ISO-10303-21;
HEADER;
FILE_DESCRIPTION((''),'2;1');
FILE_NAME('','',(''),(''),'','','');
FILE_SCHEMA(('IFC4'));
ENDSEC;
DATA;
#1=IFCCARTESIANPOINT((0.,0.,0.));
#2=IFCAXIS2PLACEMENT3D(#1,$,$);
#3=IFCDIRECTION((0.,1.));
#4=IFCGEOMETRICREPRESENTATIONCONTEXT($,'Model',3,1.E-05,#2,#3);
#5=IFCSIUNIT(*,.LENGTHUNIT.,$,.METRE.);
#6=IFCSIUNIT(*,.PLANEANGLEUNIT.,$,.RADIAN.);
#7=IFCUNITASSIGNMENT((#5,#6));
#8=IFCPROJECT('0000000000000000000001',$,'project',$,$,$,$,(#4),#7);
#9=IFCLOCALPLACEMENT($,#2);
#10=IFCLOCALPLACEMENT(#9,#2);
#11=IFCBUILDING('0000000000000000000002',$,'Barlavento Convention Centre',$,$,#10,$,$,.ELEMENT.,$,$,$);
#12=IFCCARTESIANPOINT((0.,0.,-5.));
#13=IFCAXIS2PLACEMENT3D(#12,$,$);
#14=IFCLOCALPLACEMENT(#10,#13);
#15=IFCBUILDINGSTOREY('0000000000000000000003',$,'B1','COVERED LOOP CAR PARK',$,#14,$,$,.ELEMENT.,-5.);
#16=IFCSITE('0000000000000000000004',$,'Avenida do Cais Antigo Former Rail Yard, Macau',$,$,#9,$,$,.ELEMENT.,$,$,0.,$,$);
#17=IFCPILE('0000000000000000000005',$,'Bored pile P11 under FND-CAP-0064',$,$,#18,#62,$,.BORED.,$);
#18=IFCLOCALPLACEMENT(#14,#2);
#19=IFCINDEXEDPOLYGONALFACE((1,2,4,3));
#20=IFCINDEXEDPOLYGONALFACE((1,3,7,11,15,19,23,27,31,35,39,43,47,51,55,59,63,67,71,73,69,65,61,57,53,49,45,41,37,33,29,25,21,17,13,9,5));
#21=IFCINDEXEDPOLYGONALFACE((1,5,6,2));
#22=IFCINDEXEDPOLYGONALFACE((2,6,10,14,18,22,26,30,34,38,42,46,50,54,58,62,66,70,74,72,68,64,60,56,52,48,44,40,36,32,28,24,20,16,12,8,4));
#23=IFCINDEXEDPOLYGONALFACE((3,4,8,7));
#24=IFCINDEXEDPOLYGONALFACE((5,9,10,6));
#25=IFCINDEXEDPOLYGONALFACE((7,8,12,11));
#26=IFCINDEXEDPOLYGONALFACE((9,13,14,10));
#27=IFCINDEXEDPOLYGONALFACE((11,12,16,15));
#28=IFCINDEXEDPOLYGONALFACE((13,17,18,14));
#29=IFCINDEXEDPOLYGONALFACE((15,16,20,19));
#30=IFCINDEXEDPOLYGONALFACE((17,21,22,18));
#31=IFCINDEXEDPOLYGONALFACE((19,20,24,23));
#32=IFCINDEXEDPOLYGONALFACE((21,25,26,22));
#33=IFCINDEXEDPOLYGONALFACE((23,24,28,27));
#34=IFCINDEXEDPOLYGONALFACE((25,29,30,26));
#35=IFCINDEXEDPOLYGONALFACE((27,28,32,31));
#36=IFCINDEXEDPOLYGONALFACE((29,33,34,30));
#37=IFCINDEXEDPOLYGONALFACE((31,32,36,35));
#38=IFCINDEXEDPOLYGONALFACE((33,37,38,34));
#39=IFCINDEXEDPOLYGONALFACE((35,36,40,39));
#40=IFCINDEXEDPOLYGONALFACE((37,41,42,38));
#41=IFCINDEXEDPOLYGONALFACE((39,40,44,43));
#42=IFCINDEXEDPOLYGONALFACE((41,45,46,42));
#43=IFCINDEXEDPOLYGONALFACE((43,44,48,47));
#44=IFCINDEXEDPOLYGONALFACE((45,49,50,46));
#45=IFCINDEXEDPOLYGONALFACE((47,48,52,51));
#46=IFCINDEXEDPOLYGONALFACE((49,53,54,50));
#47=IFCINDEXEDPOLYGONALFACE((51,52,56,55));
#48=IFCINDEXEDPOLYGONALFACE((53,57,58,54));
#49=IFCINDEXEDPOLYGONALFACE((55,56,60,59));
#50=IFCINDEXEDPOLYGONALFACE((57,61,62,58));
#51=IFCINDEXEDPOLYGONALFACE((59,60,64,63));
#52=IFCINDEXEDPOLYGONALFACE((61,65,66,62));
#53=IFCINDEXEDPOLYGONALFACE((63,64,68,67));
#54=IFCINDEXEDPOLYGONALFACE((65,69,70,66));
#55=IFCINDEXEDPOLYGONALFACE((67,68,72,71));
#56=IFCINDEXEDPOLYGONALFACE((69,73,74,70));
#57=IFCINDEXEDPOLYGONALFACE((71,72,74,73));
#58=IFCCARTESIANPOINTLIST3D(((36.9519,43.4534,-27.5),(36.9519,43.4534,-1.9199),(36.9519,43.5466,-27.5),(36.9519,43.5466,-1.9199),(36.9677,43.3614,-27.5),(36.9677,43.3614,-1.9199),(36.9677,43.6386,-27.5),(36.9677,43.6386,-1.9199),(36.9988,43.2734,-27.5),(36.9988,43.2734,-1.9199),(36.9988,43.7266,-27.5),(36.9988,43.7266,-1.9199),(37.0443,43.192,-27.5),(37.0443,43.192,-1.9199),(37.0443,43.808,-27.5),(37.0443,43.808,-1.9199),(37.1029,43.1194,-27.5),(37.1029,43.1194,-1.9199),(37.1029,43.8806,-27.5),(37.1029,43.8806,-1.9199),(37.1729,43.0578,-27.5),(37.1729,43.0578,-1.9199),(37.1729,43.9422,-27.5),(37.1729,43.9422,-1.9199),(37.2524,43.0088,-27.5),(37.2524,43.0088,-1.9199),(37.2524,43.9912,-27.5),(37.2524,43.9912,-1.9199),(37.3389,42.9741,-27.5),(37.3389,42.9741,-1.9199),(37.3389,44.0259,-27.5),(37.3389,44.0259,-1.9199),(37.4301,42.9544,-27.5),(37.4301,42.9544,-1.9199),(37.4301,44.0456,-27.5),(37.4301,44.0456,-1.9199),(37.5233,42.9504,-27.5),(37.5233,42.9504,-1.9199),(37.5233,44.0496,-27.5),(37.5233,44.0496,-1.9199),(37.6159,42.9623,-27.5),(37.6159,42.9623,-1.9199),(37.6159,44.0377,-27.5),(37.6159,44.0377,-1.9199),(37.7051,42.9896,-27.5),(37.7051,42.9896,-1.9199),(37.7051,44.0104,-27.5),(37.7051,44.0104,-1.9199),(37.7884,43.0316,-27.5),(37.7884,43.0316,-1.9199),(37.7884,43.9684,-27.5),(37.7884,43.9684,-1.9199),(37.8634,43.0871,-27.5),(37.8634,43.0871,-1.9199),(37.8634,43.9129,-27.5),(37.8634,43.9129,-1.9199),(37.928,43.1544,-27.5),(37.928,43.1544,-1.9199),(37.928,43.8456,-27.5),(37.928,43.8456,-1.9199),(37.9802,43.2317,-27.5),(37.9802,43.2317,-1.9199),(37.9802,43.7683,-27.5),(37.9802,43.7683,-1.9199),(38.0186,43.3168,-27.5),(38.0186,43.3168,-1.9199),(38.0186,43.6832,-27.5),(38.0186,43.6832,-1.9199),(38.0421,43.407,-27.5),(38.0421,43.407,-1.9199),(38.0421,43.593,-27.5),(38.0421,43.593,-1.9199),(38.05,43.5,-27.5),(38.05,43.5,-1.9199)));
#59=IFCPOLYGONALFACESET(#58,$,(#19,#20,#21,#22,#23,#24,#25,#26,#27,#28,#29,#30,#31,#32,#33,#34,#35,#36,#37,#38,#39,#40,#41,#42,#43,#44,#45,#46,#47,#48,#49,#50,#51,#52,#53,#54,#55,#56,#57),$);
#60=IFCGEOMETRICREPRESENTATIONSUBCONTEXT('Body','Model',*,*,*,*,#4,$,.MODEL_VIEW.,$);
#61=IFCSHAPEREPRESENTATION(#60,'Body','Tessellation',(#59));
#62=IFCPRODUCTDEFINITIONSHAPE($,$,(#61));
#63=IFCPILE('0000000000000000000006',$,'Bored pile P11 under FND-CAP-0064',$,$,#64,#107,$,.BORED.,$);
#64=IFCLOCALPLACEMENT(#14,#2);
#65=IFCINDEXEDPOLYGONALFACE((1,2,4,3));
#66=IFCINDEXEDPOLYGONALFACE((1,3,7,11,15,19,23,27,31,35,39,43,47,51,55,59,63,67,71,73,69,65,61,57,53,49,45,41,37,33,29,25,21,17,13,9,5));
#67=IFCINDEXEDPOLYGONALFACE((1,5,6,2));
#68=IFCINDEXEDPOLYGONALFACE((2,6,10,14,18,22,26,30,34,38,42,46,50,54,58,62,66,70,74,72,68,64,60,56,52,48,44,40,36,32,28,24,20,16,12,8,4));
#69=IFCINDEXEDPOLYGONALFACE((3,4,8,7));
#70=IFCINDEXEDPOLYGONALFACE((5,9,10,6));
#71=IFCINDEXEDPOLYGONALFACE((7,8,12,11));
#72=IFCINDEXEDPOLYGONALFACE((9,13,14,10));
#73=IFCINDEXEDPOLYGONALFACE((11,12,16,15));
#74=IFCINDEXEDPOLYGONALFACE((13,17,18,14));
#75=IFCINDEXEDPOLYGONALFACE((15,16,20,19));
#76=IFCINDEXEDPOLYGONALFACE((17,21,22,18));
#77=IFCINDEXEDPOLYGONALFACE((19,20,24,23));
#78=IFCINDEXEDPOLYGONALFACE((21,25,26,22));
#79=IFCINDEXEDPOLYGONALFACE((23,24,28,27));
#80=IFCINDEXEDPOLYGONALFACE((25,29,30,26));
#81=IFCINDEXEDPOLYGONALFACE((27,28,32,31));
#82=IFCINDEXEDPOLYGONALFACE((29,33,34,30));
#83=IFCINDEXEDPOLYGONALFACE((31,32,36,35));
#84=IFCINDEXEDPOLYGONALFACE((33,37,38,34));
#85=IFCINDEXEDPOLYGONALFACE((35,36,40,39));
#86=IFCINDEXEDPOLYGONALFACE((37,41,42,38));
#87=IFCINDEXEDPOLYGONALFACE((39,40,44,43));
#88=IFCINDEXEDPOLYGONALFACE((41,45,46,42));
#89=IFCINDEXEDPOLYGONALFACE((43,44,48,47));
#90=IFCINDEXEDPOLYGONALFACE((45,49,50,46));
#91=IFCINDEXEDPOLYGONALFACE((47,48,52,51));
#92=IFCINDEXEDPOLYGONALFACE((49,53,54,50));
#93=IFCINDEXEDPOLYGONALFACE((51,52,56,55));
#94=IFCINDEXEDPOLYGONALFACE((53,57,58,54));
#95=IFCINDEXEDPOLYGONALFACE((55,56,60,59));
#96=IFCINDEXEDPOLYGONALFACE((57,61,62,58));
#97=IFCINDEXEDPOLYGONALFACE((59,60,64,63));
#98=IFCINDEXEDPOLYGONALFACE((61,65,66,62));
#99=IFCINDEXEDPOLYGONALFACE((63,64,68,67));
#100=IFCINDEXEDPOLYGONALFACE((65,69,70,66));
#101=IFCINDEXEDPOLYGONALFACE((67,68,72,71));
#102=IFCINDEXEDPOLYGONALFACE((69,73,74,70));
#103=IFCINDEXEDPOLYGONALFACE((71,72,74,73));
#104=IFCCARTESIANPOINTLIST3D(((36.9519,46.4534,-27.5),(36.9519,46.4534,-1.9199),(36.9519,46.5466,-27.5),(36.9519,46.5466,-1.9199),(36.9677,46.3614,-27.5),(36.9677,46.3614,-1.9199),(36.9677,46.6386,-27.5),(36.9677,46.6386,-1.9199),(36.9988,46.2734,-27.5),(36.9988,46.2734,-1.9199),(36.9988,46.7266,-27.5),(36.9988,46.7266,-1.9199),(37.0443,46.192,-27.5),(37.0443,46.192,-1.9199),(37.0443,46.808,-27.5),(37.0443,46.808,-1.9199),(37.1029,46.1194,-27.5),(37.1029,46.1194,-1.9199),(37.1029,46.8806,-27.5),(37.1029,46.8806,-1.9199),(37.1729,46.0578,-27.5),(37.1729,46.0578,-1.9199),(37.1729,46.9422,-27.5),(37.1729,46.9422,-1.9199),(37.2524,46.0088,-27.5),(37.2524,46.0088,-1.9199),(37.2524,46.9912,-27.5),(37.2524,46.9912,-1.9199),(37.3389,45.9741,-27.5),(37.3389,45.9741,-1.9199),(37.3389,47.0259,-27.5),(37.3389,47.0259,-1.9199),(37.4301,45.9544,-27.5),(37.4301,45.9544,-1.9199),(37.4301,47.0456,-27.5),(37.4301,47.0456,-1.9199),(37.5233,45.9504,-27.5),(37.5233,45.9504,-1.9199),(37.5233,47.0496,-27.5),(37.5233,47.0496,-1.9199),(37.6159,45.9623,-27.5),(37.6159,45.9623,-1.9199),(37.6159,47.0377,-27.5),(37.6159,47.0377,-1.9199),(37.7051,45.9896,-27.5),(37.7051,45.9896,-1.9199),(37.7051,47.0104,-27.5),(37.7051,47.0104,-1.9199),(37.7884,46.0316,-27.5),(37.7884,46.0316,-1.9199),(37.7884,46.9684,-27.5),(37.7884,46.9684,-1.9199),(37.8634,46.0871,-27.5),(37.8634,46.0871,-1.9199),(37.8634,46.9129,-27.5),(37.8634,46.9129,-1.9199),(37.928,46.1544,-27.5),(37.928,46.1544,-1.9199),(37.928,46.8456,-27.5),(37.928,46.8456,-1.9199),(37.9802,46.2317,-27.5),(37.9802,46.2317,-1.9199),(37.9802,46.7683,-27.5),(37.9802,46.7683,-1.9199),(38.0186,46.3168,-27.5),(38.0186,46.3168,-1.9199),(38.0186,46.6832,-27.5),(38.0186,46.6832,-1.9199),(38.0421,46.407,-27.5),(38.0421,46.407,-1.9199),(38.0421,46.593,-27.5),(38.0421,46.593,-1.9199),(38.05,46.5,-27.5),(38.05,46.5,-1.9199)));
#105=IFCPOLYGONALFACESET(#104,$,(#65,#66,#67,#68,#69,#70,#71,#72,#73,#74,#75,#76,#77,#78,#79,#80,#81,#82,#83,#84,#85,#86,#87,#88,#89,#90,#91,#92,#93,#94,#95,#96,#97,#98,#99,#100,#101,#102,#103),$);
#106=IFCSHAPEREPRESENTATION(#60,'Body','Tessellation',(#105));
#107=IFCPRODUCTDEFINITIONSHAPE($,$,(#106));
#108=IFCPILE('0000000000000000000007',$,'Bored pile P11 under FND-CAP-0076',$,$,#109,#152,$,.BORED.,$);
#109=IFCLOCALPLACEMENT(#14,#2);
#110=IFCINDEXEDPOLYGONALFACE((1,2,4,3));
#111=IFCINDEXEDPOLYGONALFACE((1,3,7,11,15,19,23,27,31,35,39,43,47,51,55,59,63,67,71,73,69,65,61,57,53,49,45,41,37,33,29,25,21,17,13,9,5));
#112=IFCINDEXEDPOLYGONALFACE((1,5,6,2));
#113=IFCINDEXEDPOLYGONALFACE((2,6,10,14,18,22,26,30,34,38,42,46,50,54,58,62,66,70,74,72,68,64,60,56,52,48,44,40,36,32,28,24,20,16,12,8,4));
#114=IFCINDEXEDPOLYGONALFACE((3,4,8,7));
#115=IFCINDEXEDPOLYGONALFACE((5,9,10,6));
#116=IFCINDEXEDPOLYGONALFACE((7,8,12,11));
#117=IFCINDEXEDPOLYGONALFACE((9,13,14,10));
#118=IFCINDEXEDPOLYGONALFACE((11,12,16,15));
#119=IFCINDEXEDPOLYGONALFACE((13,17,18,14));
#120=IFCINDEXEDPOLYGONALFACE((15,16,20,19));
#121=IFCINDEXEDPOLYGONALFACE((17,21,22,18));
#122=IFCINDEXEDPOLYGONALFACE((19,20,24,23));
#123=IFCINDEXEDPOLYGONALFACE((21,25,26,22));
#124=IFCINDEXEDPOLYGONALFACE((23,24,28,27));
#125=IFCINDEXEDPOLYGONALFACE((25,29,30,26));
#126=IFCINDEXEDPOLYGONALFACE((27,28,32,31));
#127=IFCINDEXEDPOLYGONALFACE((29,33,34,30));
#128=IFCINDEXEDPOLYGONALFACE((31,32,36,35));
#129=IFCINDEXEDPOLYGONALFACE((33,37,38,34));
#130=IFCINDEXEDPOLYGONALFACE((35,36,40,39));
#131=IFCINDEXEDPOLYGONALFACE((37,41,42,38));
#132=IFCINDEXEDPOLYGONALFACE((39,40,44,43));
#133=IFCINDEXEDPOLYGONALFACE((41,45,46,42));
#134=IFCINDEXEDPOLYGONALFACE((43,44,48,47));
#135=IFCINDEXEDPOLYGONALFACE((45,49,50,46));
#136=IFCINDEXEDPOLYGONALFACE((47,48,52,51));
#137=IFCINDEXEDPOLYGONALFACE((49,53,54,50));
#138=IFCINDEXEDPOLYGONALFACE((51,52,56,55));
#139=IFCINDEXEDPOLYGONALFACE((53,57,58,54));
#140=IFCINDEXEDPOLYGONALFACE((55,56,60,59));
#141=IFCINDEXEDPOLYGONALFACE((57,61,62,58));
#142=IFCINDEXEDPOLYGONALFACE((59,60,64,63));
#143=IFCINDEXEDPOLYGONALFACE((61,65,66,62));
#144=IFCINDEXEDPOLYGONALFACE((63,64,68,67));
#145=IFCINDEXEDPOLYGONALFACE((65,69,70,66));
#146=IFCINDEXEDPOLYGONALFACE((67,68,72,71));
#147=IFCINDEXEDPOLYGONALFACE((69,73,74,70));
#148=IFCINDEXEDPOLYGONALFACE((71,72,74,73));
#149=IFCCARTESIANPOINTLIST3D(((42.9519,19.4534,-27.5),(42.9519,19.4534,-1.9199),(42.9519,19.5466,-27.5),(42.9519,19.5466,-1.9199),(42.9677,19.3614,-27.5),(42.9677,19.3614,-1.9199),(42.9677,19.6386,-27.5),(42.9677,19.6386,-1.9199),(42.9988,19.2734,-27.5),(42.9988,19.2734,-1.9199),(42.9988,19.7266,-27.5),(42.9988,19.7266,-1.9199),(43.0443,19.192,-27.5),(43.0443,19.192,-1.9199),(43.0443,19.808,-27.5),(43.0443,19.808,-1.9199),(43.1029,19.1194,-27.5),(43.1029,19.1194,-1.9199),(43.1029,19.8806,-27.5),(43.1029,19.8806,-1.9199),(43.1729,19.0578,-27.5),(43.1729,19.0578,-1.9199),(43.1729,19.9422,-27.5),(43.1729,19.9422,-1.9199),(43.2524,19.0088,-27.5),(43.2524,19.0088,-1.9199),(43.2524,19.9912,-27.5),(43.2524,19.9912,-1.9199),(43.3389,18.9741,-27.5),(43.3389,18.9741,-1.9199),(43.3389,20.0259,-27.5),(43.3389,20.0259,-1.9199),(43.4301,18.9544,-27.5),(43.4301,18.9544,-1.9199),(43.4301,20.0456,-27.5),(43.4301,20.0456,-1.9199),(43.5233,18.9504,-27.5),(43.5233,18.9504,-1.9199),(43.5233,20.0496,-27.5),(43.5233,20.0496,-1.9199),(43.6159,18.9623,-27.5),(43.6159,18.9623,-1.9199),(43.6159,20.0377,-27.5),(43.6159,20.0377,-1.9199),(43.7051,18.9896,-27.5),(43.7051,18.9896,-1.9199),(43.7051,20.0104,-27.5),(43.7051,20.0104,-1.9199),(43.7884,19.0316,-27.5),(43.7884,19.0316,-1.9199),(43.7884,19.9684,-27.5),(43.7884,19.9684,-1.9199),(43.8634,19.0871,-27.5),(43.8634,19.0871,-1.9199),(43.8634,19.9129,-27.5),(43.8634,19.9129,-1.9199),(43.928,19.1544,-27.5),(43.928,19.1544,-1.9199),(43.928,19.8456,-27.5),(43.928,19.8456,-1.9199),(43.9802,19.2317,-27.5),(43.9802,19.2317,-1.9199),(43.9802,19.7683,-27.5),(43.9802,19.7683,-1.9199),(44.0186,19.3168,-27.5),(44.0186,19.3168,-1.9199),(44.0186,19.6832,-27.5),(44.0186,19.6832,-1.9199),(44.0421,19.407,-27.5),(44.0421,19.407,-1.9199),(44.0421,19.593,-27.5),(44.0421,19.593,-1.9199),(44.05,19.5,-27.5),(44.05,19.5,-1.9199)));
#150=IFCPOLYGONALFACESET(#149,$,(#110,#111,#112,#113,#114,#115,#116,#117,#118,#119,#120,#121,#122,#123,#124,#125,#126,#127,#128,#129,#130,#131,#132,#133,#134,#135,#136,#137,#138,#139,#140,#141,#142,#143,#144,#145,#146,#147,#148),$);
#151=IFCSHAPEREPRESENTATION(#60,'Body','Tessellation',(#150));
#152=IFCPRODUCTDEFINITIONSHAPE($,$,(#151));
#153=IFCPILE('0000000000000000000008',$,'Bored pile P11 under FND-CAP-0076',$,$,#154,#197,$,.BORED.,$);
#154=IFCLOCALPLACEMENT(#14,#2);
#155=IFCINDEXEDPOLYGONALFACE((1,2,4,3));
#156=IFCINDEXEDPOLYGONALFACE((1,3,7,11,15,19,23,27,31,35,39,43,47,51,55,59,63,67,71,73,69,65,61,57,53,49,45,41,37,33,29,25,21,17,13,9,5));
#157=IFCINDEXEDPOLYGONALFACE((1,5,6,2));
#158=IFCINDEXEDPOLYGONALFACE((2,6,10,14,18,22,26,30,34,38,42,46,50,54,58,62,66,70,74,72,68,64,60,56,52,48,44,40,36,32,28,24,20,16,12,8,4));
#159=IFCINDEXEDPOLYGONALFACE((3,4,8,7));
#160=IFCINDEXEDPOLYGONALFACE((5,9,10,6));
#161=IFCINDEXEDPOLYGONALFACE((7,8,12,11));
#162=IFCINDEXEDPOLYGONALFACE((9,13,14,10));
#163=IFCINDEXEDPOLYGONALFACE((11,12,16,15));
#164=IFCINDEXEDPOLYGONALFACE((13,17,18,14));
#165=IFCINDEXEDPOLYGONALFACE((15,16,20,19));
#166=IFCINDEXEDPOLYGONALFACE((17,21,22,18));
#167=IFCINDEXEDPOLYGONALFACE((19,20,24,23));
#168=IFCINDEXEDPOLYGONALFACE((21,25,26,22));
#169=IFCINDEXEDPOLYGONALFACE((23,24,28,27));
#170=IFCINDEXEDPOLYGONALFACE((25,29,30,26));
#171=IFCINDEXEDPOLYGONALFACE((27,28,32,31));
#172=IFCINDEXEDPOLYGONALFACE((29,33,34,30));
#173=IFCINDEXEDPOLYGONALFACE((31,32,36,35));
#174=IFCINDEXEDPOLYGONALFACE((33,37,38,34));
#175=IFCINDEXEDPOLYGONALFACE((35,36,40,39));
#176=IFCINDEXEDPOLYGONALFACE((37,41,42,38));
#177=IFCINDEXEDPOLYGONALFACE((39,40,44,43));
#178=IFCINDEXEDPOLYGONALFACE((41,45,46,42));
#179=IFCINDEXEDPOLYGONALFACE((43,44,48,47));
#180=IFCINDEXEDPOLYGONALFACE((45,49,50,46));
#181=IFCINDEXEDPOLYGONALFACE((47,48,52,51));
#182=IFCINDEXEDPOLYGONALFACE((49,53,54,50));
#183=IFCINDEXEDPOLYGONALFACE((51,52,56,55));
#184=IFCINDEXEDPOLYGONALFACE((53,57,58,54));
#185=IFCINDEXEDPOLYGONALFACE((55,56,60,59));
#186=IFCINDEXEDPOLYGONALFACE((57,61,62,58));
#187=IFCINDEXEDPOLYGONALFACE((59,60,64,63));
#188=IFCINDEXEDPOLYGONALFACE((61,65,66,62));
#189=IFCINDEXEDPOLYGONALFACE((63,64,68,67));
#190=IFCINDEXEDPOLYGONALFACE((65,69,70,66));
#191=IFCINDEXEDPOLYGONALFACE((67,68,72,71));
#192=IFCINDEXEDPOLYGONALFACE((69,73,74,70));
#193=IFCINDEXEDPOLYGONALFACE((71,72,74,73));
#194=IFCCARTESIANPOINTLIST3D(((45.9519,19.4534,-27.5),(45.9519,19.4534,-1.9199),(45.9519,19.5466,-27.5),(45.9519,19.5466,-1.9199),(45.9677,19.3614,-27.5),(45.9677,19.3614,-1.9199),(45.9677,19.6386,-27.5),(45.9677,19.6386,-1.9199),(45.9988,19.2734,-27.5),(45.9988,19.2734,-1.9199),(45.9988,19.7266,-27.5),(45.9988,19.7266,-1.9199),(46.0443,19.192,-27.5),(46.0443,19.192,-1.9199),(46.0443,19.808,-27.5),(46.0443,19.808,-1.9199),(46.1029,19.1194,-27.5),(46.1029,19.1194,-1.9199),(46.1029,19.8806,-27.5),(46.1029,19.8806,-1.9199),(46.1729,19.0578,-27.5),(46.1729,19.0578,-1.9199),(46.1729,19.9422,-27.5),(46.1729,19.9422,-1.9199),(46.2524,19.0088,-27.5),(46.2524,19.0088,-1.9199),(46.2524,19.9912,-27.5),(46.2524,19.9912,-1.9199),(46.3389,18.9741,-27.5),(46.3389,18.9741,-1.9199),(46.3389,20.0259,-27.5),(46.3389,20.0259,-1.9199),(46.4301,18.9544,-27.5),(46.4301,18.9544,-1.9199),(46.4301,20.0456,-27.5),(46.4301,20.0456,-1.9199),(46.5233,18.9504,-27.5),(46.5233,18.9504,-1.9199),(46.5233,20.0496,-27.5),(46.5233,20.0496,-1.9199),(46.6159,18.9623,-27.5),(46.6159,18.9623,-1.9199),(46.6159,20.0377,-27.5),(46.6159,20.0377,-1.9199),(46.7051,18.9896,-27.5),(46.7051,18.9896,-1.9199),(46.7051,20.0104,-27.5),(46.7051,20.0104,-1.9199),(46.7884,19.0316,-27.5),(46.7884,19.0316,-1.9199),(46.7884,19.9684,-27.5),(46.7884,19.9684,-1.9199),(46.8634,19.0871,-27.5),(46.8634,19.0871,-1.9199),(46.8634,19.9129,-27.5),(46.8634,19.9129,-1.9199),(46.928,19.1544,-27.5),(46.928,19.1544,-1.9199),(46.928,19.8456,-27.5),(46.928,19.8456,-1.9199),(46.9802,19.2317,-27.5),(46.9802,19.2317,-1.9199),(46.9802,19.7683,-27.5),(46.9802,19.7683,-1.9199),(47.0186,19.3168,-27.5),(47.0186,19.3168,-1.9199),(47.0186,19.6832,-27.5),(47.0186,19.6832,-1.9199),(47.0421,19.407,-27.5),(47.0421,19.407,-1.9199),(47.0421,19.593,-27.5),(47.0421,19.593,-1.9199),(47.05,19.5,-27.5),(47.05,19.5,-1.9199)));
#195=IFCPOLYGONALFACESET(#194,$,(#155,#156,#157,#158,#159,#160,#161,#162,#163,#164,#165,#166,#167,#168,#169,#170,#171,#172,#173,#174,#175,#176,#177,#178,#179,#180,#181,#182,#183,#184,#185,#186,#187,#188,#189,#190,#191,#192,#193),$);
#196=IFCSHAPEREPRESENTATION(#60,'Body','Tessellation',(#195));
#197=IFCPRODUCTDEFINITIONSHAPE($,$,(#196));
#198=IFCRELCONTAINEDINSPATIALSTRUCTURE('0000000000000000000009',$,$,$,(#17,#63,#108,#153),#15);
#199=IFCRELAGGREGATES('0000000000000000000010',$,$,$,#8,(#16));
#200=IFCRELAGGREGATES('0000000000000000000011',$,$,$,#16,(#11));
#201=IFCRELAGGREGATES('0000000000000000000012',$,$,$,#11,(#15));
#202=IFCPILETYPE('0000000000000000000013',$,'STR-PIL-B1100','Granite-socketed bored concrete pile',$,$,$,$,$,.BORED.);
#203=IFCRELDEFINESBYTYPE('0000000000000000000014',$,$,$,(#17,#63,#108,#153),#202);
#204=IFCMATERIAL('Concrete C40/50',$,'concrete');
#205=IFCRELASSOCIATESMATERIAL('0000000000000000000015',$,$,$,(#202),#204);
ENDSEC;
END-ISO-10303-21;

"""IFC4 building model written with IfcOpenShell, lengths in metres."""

from ifc_helpers import new_model, si_unit, direction, frame, origin, origin_2d, place, context, subcontext, project, spatial, circle, extrude, material, material_profile, profile_set, type_object, element, save


model = new_model("IFC4")

# Units and contexts
model_context = context("Model", 3, precision=1e-05, world=origin(), true_north=direction((0.0, 1.0)))
body_context = subcontext(model_context, "Body", "Model", "MODEL_VIEW")
ifc_project = project(units=[si_unit("LENGTHUNIT", "METRE"), si_unit("PLANEANGLEUNIT", "RADIAN")], contexts=[model_context])

# Site, building, storey
site_placement = place(None, origin())
site = spatial("IfcSite", under=ifc_project, at=site_placement, Name="Avenida do Cais Antigo Former Rail Yard, Macau", CompositionType="ELEMENT", RefElevation=0.0)
building_placement = place(site_placement, origin())
building = spatial("IfcBuilding", under=site, at=building_placement, Name="Barlavento Convention Centre", CompositionType="ELEMENT")
storey_placement = place(building_placement, frame((0.0, 0.0, -5.0)))
storey = spatial("IfcBuildingStorey", under=building, at=storey_placement, Name="B1", Description="COVERED LOOP CAR PARK", CompositionType="ELEMENT", Elevation=-5.0)

# Shared definitions
ifc_material_1 = material(Name="Concrete C40/50", Category="concrete")

# Piles
ifc_material_profile_1 = material_profile(ifc_material_1, circle(Radius=0.55, at=origin_2d()), Name="BORED PILE 1100")
ifc_profile_set_1 = profile_set([ifc_material_profile_1], Name="Concrete C40/50")
pile_type_1 = type_object("IfcPileType", Name="STR-PIL-B1100", Description="Granite-socketed bored concrete pile", PredefinedType="BORED", material=ifc_profile_set_1)
for number, where, z_axis, x_axis, name in (
    (1, (37.5, 43.5, -1.9199), (0.0, 0.0, -1.0), (1.0, 0.0, 0.0), "Bored pile P11 under FND-CAP-0064"),
    (2, (37.5, 46.5, -1.9199), (0.0, 0.0, -1.0), (1.0, 0.0, 0.0), "Bored pile P11 under FND-CAP-0064"),
    (3, (43.5, 19.5, -1.9199), (0.0, 0.0, -1.0), (1.0, 0.0, 0.0), "Bored pile P11 under FND-CAP-0076"),
    (4, (46.5, 19.5, -1.9199), (0.0, 0.0, -1.0), (1.0, 0.0, 0.0), "Bored pile P11 under FND-CAP-0076"),
):
    element("IfcPile", number, at=place(storey_placement, frame(where, z_axis=z_axis, x_axis=x_axis)), inside=storey, type_object=pile_type_1, Name=name, PredefinedType="BORED", context=body_context, shape_type="SweptSolid", body=[
        extrude(circle(Radius=0.55, at=origin_2d()), origin(), (0.0, 0.0, 1.0), 25.5801),
    ])

save(model, "model.ifc")
